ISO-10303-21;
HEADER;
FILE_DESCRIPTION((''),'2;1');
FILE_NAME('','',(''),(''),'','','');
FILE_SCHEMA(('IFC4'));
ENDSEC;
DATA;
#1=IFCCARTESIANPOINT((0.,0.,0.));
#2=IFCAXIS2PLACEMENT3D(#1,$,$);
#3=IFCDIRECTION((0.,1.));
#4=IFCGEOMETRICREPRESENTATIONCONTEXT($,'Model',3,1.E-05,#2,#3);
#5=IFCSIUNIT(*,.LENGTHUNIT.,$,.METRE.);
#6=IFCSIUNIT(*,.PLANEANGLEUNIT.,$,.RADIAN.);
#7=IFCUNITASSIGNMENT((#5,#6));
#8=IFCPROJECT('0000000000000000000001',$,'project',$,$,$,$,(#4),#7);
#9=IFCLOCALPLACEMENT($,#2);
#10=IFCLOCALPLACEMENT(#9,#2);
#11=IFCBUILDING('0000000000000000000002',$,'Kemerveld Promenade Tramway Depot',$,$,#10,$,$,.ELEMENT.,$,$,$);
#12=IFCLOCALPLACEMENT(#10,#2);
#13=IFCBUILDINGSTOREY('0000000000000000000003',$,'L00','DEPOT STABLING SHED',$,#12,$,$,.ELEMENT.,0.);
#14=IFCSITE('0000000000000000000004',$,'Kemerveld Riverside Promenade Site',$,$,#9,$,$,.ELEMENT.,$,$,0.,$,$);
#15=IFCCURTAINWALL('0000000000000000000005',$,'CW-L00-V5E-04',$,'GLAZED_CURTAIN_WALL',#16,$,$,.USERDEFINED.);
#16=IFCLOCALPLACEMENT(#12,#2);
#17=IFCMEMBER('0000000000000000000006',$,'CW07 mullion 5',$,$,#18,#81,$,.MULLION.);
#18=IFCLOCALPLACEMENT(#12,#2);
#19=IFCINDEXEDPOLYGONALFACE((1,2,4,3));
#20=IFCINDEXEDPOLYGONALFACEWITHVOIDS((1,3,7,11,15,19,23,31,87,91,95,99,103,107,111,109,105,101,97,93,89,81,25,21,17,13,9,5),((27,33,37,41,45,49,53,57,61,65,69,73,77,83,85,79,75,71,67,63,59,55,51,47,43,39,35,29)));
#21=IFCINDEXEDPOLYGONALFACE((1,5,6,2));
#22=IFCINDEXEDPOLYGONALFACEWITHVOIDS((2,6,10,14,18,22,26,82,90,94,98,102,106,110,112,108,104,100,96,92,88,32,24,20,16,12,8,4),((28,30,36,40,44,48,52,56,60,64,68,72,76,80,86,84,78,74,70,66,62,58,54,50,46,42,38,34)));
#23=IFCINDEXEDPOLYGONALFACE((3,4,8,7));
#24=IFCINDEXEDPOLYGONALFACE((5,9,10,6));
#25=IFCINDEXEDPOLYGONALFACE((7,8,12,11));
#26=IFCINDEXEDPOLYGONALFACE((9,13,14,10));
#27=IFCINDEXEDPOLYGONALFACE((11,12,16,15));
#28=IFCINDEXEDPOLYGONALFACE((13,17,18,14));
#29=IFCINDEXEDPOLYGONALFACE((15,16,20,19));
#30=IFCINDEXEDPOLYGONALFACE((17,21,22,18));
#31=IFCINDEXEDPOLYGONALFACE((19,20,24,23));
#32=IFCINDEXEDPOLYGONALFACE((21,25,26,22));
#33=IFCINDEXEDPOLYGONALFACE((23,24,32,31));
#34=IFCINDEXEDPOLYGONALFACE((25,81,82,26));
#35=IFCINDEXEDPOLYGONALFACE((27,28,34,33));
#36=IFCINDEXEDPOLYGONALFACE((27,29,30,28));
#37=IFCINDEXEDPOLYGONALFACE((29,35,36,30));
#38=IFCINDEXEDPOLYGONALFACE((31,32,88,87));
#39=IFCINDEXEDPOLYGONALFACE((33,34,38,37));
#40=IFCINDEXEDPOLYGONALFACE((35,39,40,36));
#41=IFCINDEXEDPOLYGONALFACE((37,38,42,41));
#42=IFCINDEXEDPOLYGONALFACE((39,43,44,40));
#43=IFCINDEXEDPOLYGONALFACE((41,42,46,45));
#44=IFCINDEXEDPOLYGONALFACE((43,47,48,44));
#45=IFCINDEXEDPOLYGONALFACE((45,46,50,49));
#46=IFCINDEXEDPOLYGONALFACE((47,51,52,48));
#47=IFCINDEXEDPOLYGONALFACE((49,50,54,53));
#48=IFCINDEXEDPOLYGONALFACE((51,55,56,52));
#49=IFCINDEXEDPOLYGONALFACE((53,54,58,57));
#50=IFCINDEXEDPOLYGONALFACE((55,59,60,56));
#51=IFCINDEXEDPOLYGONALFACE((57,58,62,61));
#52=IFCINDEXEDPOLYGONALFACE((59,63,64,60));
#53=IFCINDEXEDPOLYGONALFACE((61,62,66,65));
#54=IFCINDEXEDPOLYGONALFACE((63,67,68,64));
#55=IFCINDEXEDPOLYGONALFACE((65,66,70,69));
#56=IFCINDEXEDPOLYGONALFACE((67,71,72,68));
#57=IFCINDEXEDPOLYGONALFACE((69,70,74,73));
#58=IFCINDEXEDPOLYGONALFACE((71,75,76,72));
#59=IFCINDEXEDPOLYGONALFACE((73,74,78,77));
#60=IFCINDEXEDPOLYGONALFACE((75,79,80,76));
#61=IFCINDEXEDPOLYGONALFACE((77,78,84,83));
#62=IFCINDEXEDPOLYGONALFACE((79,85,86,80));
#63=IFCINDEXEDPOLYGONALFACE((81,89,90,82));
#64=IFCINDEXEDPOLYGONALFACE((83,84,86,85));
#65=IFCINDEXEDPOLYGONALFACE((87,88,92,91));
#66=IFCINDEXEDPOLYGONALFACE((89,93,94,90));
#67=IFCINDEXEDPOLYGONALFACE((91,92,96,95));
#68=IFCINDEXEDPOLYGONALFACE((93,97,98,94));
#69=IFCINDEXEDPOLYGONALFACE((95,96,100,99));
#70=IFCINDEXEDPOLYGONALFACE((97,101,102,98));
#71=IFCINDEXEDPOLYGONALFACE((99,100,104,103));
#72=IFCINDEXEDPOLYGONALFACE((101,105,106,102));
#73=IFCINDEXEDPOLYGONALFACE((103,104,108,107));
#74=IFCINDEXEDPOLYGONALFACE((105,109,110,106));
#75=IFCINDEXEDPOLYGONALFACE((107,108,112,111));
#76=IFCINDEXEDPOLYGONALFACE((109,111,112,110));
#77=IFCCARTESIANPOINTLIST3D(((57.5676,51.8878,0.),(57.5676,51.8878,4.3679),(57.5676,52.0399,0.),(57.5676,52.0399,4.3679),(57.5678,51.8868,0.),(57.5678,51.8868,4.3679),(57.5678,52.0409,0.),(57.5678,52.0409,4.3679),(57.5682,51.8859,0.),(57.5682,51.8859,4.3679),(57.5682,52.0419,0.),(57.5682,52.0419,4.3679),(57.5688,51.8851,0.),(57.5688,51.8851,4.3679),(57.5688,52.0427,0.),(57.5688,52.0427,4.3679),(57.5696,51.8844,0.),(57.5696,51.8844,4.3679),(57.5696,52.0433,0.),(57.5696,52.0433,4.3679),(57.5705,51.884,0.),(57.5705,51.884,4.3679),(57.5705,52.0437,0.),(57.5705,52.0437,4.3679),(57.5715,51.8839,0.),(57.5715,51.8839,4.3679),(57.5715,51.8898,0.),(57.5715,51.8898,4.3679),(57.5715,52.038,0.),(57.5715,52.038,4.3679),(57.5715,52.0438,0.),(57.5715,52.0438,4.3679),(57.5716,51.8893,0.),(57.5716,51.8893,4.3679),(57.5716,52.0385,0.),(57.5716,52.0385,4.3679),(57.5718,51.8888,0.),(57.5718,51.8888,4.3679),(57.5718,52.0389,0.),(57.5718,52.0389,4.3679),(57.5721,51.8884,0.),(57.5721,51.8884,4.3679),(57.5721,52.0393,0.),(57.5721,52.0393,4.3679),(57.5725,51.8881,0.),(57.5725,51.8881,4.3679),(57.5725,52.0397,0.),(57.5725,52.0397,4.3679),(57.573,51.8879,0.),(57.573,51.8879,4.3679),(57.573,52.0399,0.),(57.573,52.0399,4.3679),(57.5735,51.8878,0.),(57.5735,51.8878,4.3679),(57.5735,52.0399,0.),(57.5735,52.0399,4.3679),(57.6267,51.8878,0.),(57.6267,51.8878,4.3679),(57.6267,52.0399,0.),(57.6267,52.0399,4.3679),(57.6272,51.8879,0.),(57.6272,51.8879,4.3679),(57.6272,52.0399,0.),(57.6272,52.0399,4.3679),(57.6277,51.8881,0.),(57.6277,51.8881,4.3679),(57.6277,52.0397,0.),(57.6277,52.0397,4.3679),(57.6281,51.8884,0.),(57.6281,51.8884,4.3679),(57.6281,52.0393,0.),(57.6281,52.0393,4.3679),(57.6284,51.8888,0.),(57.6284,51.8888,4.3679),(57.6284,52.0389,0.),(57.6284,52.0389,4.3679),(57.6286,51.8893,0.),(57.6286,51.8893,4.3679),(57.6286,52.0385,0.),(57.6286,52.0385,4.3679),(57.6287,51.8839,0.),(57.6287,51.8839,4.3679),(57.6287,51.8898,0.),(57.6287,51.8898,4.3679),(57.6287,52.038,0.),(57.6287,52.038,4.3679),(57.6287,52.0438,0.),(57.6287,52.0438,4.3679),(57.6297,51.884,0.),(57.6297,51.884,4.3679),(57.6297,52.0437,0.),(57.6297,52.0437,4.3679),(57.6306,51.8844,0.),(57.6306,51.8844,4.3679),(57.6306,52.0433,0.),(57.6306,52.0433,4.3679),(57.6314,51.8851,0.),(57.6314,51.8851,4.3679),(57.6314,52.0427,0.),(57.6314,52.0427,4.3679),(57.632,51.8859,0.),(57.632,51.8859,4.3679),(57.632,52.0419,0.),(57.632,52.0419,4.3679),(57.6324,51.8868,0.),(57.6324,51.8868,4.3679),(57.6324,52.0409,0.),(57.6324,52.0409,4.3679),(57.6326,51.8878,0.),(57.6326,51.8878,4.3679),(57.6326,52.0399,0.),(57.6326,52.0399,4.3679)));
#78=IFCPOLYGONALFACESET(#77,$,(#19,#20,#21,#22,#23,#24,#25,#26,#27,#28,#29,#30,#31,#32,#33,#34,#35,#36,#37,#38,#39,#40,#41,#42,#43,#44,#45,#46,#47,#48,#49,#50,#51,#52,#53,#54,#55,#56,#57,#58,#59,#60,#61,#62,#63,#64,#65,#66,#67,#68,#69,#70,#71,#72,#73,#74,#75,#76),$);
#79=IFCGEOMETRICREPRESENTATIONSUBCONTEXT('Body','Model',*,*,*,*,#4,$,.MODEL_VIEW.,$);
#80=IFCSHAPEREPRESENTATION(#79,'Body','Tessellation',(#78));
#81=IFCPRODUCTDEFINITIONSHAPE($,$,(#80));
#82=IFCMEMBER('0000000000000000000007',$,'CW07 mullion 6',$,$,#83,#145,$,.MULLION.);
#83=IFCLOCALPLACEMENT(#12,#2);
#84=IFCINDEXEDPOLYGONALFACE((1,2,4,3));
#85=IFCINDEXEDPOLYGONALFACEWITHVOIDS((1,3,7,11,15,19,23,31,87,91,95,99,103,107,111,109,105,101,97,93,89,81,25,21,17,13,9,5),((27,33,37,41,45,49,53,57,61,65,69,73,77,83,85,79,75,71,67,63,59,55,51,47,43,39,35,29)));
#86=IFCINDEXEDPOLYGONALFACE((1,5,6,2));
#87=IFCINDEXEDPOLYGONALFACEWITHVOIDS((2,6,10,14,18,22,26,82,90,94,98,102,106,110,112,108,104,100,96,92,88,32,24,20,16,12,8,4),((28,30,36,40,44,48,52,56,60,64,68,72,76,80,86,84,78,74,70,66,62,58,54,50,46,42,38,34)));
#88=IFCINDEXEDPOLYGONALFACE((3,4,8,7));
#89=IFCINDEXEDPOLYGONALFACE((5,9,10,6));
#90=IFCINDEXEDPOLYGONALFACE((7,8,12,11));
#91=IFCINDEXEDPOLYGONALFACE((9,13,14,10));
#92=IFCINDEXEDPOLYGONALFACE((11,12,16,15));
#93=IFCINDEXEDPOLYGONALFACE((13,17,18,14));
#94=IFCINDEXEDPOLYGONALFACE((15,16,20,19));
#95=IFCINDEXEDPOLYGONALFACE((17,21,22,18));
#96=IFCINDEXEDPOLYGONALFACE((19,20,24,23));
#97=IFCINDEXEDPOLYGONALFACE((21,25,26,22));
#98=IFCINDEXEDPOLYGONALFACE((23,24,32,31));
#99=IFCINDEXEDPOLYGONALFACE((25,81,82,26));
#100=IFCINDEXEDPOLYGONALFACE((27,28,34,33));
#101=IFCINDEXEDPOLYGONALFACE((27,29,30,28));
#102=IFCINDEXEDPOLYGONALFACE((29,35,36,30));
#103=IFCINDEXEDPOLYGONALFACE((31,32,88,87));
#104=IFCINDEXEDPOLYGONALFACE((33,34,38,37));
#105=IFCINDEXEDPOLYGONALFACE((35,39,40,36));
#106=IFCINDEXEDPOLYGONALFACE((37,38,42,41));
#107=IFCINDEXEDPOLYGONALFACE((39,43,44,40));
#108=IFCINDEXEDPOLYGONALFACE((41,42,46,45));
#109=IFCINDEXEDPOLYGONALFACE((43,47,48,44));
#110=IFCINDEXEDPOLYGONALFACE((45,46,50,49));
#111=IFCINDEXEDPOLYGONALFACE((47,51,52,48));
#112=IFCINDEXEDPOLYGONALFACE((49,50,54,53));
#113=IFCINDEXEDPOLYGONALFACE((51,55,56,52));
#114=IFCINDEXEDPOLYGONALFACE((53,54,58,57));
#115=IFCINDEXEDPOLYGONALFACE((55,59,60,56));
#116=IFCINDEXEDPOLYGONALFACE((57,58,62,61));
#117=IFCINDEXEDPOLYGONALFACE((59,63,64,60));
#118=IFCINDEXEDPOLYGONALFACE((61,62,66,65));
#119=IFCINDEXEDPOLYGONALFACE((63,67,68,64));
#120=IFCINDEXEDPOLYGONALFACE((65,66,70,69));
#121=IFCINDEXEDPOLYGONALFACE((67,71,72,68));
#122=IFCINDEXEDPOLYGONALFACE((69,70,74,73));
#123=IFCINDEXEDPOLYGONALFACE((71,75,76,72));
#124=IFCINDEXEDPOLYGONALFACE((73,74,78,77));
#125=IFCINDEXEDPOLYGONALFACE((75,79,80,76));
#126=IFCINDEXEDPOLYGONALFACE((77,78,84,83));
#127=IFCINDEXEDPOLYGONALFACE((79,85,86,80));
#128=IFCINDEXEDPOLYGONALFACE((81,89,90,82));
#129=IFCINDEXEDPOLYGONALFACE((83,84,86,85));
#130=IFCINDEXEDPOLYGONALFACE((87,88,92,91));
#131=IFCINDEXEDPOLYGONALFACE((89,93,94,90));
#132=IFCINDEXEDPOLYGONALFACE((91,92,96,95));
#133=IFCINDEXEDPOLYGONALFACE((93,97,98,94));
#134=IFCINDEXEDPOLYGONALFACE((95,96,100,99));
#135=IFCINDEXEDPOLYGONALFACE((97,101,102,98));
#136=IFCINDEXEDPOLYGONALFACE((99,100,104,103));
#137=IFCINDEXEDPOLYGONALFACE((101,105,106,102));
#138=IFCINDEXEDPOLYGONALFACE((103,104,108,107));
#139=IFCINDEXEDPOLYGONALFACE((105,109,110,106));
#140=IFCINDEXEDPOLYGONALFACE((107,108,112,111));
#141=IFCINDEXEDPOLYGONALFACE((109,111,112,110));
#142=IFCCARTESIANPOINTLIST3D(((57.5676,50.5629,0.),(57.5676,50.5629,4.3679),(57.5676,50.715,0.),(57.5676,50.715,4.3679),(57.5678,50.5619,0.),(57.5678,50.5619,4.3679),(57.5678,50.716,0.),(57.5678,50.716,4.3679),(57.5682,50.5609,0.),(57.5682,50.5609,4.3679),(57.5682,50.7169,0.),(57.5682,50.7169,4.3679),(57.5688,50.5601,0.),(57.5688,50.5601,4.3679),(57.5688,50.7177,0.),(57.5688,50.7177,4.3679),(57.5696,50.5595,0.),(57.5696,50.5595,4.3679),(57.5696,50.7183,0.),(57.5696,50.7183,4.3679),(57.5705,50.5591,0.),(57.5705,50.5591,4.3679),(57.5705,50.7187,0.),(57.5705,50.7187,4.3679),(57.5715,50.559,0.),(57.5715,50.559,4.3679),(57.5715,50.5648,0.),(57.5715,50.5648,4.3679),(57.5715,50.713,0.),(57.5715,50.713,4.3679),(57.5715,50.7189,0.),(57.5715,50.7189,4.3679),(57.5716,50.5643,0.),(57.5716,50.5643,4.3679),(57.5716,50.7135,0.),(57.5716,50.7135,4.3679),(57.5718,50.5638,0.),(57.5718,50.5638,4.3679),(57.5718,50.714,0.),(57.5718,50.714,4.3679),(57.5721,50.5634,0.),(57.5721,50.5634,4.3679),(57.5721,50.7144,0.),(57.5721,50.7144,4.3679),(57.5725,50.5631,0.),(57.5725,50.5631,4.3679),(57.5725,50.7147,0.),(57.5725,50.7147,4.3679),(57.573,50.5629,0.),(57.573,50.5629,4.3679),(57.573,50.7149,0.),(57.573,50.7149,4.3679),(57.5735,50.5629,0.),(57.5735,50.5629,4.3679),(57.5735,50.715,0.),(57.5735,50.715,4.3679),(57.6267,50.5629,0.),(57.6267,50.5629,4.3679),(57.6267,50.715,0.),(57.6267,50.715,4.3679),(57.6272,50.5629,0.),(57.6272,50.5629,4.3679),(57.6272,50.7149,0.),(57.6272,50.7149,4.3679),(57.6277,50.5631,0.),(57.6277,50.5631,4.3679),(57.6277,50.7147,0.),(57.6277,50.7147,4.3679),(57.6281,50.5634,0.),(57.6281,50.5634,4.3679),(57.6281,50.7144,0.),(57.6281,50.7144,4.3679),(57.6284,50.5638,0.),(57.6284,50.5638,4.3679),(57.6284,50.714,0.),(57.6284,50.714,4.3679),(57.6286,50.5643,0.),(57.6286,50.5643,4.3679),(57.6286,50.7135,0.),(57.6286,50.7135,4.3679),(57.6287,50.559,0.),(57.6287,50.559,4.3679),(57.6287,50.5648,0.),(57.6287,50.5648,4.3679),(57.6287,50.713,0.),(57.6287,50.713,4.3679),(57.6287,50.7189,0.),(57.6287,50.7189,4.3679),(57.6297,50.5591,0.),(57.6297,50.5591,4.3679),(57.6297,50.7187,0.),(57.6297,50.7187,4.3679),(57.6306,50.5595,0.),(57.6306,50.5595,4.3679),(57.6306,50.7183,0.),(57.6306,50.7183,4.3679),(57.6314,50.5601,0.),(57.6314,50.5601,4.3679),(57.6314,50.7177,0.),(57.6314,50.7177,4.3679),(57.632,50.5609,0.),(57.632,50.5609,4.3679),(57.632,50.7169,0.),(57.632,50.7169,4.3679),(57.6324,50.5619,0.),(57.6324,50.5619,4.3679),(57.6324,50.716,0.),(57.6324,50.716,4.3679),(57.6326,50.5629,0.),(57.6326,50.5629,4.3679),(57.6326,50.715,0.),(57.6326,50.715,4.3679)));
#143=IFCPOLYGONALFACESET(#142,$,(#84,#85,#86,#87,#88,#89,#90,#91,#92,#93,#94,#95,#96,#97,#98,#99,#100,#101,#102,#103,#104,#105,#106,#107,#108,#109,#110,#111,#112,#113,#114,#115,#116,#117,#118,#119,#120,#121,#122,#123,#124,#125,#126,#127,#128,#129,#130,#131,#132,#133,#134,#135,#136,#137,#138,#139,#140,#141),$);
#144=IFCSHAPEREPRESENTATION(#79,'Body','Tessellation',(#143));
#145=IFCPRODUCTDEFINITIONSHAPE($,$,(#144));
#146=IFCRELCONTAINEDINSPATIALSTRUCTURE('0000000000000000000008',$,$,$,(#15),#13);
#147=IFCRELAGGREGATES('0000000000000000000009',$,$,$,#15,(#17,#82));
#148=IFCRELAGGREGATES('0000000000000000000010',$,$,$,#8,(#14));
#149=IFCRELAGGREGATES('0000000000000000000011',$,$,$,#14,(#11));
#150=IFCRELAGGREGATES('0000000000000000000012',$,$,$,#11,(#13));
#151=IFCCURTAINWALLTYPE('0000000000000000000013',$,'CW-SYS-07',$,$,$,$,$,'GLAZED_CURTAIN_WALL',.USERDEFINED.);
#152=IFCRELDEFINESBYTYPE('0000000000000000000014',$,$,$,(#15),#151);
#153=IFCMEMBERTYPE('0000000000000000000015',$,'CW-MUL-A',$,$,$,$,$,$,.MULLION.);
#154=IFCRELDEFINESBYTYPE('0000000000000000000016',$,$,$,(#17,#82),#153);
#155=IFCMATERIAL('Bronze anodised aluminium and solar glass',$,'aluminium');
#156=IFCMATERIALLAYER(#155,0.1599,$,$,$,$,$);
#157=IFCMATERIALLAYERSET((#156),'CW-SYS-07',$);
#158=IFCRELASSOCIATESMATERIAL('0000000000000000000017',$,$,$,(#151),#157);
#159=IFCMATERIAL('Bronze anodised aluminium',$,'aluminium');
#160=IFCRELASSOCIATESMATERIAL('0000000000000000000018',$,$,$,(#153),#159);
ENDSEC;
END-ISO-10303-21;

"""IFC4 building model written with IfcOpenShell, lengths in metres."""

from ifc_helpers import new_model, si_unit, direction, frame, origin, origin_2d, place, context, subcontext, project, spatial, hollow_rectangle, extrude, material, layer, layer_set, material_profile, profile_set, type_object, element, aggregate, save


model = new_model("IFC4")

# Units and contexts
model_context = context("Model", 3, precision=1e-05, world=origin(), true_north=direction((0.0, 1.0)))
body_context = subcontext(model_context, "Body", "Model", "MODEL_VIEW")
ifc_project = project(units=[si_unit("LENGTHUNIT", "METRE"), si_unit("PLANEANGLEUNIT", "RADIAN")], contexts=[model_context])

# Site, building, storey
site_placement = place(None, origin())
site = spatial("IfcSite", under=ifc_project, at=site_placement, Name="Kemerveld Riverside Promenade Site", CompositionType="ELEMENT", RefElevation=0.0)
building_placement = place(site_placement, origin())
building = spatial("IfcBuilding", under=site, at=building_placement, Name="Kemerveld Promenade Tramway Depot", CompositionType="ELEMENT")
storey_placement = place(building_placement, origin())
storey = spatial("IfcBuildingStorey", under=building, at=storey_placement, Name="L00", Description="DEPOT STABLING SHED", CompositionType="ELEMENT", Elevation=0.0)

# Curtain wall, members
ifc_material_1 = material(Name="Bronze anodised aluminium and solar glass", Category="aluminium")
ifc_layer_1 = layer(ifc_material_1, 0.1599)
ifc_layer_set_1 = layer_set([ifc_layer_1], Name="CW-SYS-07")
curtain_wall_type_1 = type_object("IfcCurtainWallType", Name="CW-SYS-07", ElementType="GLAZED_CURTAIN_WALL", PredefinedType="USERDEFINED", material=ifc_layer_set_1)
curtain_wall_1_placement = place(storey_placement, origin())
curtain_wall_1 = element("IfcCurtainWall", 1, at=curtain_wall_1_placement, inside=storey, type_object=curtain_wall_type_1, Name="CW-L00-V5E-04", ObjectType="GLAZED_CURTAIN_WALL", PredefinedType="USERDEFINED")
ifc_material_2 = material(Name="Bronze anodised aluminium", Category="aluminium")
ifc_material_profile_1 = material_profile(ifc_material_2, hollow_rectangle(XDim=0.0649, YDim=0.1599, WallThickness=0.0039, InnerFilletRadius=0.002, OuterFilletRadius=0.0039, at=origin_2d()), Name="CW-MUL-160x65")
ifc_profile_set_1 = profile_set([ifc_material_profile_1], Name="Bronze anodised aluminium")
member_type_1 = type_object("IfcMemberType", Name="CW-MUL-A", PredefinedType="MULLION", material=ifc_profile_set_1)
member_1_placement = place(storey_placement, frame((57.6001, 51.9639, 0.0), z_axis=(0.0, 0.0, 1.0), x_axis=(1.0, 0.0, 0.0)))
member_1 = element("IfcMember", 2, at=member_1_placement, type_object=member_type_1, Name="CW07 mullion 5", PredefinedType="MULLION", context=body_context, shape_type="SweptSolid", body=[
    extrude(hollow_rectangle(XDim=0.0649, YDim=0.1599, WallThickness=0.0039, InnerFilletRadius=0.002, OuterFilletRadius=0.0039, at=origin_2d()), origin(), (0.0, 0.0, 1.0), 4.3679),
])
member_2_placement = place(storey_placement, frame((57.6001, 50.6389, 0.0), z_axis=(0.0, 0.0, 1.0), x_axis=(1.0, 0.0, 0.0)))
member_2 = element("IfcMember", 3, at=member_2_placement, type_object=member_type_1, Name="CW07 mullion 6", PredefinedType="MULLION", context=body_context, shape_type="SweptSolid", body=[
    extrude(hollow_rectangle(XDim=0.0649, YDim=0.1599, WallThickness=0.0039, InnerFilletRadius=0.002, OuterFilletRadius=0.0039, at=origin_2d()), origin(), (0.0, 0.0, 1.0), 4.3679),
])

aggregate(curtain_wall_1, [member_1, member_2])

save(model, "model.ifc")
